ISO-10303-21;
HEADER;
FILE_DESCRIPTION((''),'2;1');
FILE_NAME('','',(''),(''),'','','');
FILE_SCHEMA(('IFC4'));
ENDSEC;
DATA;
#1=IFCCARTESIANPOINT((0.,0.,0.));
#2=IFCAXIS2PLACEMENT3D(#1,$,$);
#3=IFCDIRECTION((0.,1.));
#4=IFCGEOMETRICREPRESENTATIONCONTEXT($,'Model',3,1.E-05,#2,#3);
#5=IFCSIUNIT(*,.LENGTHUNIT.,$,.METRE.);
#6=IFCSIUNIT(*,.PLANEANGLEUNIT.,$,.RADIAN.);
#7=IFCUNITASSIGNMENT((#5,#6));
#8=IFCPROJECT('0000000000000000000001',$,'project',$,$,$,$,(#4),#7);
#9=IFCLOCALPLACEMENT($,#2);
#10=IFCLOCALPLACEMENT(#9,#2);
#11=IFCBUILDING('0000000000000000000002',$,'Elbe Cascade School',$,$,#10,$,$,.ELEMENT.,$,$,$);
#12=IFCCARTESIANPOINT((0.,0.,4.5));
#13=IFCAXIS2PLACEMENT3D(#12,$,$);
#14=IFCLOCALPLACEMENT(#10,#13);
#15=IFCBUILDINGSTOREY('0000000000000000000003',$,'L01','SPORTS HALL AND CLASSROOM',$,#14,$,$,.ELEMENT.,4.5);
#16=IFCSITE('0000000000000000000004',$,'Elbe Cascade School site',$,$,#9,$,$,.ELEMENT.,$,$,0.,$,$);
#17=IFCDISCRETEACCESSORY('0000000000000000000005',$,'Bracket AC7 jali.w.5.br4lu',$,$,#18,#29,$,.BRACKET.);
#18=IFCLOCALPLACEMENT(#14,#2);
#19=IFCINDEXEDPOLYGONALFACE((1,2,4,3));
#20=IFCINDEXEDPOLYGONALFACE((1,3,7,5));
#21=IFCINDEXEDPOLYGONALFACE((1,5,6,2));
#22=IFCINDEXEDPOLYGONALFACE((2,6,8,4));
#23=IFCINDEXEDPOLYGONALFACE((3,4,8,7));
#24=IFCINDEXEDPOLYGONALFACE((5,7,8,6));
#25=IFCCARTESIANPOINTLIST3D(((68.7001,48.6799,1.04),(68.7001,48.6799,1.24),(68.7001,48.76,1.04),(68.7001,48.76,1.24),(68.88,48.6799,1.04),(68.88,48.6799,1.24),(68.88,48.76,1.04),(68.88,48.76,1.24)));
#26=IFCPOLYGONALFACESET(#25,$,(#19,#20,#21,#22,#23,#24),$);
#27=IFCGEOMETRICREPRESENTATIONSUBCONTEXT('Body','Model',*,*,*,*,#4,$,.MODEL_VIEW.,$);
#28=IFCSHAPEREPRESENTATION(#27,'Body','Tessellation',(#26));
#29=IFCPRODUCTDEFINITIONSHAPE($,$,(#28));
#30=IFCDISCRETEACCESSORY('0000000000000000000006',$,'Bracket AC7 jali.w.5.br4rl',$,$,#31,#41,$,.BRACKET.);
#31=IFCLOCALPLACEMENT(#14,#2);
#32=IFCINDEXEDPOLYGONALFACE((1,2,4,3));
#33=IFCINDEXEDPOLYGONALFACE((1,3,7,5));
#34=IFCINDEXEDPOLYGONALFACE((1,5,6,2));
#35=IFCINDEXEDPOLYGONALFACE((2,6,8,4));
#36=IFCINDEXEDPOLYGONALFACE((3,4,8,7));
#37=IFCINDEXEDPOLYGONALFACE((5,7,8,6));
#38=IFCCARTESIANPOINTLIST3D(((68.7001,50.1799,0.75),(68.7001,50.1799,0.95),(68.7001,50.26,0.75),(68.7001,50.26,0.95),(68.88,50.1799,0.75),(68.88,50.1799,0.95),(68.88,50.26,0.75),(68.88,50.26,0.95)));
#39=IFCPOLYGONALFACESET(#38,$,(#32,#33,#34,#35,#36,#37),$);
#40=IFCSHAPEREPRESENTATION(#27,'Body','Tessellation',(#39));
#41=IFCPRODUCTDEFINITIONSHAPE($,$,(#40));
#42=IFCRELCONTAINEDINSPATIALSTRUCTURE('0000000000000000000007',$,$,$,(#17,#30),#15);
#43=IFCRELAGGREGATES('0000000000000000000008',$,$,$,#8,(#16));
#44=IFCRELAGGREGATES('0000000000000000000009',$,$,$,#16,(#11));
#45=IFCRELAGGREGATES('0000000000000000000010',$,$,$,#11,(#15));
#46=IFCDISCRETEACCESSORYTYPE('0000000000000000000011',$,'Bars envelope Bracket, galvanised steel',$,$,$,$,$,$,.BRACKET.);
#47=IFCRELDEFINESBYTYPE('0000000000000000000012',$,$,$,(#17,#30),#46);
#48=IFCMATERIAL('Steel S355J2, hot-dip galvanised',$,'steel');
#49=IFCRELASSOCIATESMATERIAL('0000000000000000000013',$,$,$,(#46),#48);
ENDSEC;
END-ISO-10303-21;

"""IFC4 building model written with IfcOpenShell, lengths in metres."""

from ifc_helpers import new_model, si_unit, direction, frame, origin, origin_2d, place, context, subcontext, project, spatial, rectangle, extrude, material, type_object, element, save


model = new_model("IFC4")

# Units and contexts
model_context = context("Model", 3, precision=1e-05, world=origin(), true_north=direction((0.0, 1.0)))
body_context = subcontext(model_context, "Body", "Model", "MODEL_VIEW")
ifc_project = project(units=[si_unit("LENGTHUNIT", "METRE"), si_unit("PLANEANGLEUNIT", "RADIAN")], contexts=[model_context])

# Site, building, storey
site_placement = place(None, origin())
site = spatial("IfcSite", under=ifc_project, at=site_placement, Name="Elbe Cascade School site", CompositionType="ELEMENT", RefElevation=0.0)
building_placement = place(site_placement, origin())
building = spatial("IfcBuilding", under=site, at=building_placement, Name="Elbe Cascade School", CompositionType="ELEMENT")
storey_placement = place(building_placement, frame((0.0, 0.0, 4.5)))
storey = spatial("IfcBuildingStorey", under=building, at=storey_placement, Name="L01", Description="SPORTS HALL AND CLASSROOM", CompositionType="ELEMENT", Elevation=4.5)

# Discrete accessories
ifc_material_1 = material(Name="Steel S355J2, hot-dip galvanised", Category="steel")
discrete_accessory_type = type_object("IfcDiscreteAccessoryType", Name="Bars envelope Bracket, galvanised steel", PredefinedType="BRACKET", material=ifc_material_1)
for number, where, z_axis, x_axis, name in (
    (1, (68.79, 48.72, 1.04), (0.0, 0.0, 1.0), (0.0, 1.0, 0.0), "Bracket AC7 jali.w.5.br4lu"),
    (2, (68.79, 50.22, 0.75), (0.0, 0.0, 1.0), (0.0, 1.0, 0.0), "Bracket AC7 jali.w.5.br4rl"),
):
    element("IfcDiscreteAccessory", number, at=place(storey_placement, frame(where, z_axis=z_axis, x_axis=x_axis)), inside=storey, type_object=discrete_accessory_type, Name=name, PredefinedType="BRACKET", context=body_context, shape_type="SweptSolid", body=[
        extrude(rectangle(XDim=0.0801, YDim=0.1799, at=origin_2d()), origin(), (0.0, 0.0, 1.0), 0.2),
    ])

save(model, "model.ifc")
